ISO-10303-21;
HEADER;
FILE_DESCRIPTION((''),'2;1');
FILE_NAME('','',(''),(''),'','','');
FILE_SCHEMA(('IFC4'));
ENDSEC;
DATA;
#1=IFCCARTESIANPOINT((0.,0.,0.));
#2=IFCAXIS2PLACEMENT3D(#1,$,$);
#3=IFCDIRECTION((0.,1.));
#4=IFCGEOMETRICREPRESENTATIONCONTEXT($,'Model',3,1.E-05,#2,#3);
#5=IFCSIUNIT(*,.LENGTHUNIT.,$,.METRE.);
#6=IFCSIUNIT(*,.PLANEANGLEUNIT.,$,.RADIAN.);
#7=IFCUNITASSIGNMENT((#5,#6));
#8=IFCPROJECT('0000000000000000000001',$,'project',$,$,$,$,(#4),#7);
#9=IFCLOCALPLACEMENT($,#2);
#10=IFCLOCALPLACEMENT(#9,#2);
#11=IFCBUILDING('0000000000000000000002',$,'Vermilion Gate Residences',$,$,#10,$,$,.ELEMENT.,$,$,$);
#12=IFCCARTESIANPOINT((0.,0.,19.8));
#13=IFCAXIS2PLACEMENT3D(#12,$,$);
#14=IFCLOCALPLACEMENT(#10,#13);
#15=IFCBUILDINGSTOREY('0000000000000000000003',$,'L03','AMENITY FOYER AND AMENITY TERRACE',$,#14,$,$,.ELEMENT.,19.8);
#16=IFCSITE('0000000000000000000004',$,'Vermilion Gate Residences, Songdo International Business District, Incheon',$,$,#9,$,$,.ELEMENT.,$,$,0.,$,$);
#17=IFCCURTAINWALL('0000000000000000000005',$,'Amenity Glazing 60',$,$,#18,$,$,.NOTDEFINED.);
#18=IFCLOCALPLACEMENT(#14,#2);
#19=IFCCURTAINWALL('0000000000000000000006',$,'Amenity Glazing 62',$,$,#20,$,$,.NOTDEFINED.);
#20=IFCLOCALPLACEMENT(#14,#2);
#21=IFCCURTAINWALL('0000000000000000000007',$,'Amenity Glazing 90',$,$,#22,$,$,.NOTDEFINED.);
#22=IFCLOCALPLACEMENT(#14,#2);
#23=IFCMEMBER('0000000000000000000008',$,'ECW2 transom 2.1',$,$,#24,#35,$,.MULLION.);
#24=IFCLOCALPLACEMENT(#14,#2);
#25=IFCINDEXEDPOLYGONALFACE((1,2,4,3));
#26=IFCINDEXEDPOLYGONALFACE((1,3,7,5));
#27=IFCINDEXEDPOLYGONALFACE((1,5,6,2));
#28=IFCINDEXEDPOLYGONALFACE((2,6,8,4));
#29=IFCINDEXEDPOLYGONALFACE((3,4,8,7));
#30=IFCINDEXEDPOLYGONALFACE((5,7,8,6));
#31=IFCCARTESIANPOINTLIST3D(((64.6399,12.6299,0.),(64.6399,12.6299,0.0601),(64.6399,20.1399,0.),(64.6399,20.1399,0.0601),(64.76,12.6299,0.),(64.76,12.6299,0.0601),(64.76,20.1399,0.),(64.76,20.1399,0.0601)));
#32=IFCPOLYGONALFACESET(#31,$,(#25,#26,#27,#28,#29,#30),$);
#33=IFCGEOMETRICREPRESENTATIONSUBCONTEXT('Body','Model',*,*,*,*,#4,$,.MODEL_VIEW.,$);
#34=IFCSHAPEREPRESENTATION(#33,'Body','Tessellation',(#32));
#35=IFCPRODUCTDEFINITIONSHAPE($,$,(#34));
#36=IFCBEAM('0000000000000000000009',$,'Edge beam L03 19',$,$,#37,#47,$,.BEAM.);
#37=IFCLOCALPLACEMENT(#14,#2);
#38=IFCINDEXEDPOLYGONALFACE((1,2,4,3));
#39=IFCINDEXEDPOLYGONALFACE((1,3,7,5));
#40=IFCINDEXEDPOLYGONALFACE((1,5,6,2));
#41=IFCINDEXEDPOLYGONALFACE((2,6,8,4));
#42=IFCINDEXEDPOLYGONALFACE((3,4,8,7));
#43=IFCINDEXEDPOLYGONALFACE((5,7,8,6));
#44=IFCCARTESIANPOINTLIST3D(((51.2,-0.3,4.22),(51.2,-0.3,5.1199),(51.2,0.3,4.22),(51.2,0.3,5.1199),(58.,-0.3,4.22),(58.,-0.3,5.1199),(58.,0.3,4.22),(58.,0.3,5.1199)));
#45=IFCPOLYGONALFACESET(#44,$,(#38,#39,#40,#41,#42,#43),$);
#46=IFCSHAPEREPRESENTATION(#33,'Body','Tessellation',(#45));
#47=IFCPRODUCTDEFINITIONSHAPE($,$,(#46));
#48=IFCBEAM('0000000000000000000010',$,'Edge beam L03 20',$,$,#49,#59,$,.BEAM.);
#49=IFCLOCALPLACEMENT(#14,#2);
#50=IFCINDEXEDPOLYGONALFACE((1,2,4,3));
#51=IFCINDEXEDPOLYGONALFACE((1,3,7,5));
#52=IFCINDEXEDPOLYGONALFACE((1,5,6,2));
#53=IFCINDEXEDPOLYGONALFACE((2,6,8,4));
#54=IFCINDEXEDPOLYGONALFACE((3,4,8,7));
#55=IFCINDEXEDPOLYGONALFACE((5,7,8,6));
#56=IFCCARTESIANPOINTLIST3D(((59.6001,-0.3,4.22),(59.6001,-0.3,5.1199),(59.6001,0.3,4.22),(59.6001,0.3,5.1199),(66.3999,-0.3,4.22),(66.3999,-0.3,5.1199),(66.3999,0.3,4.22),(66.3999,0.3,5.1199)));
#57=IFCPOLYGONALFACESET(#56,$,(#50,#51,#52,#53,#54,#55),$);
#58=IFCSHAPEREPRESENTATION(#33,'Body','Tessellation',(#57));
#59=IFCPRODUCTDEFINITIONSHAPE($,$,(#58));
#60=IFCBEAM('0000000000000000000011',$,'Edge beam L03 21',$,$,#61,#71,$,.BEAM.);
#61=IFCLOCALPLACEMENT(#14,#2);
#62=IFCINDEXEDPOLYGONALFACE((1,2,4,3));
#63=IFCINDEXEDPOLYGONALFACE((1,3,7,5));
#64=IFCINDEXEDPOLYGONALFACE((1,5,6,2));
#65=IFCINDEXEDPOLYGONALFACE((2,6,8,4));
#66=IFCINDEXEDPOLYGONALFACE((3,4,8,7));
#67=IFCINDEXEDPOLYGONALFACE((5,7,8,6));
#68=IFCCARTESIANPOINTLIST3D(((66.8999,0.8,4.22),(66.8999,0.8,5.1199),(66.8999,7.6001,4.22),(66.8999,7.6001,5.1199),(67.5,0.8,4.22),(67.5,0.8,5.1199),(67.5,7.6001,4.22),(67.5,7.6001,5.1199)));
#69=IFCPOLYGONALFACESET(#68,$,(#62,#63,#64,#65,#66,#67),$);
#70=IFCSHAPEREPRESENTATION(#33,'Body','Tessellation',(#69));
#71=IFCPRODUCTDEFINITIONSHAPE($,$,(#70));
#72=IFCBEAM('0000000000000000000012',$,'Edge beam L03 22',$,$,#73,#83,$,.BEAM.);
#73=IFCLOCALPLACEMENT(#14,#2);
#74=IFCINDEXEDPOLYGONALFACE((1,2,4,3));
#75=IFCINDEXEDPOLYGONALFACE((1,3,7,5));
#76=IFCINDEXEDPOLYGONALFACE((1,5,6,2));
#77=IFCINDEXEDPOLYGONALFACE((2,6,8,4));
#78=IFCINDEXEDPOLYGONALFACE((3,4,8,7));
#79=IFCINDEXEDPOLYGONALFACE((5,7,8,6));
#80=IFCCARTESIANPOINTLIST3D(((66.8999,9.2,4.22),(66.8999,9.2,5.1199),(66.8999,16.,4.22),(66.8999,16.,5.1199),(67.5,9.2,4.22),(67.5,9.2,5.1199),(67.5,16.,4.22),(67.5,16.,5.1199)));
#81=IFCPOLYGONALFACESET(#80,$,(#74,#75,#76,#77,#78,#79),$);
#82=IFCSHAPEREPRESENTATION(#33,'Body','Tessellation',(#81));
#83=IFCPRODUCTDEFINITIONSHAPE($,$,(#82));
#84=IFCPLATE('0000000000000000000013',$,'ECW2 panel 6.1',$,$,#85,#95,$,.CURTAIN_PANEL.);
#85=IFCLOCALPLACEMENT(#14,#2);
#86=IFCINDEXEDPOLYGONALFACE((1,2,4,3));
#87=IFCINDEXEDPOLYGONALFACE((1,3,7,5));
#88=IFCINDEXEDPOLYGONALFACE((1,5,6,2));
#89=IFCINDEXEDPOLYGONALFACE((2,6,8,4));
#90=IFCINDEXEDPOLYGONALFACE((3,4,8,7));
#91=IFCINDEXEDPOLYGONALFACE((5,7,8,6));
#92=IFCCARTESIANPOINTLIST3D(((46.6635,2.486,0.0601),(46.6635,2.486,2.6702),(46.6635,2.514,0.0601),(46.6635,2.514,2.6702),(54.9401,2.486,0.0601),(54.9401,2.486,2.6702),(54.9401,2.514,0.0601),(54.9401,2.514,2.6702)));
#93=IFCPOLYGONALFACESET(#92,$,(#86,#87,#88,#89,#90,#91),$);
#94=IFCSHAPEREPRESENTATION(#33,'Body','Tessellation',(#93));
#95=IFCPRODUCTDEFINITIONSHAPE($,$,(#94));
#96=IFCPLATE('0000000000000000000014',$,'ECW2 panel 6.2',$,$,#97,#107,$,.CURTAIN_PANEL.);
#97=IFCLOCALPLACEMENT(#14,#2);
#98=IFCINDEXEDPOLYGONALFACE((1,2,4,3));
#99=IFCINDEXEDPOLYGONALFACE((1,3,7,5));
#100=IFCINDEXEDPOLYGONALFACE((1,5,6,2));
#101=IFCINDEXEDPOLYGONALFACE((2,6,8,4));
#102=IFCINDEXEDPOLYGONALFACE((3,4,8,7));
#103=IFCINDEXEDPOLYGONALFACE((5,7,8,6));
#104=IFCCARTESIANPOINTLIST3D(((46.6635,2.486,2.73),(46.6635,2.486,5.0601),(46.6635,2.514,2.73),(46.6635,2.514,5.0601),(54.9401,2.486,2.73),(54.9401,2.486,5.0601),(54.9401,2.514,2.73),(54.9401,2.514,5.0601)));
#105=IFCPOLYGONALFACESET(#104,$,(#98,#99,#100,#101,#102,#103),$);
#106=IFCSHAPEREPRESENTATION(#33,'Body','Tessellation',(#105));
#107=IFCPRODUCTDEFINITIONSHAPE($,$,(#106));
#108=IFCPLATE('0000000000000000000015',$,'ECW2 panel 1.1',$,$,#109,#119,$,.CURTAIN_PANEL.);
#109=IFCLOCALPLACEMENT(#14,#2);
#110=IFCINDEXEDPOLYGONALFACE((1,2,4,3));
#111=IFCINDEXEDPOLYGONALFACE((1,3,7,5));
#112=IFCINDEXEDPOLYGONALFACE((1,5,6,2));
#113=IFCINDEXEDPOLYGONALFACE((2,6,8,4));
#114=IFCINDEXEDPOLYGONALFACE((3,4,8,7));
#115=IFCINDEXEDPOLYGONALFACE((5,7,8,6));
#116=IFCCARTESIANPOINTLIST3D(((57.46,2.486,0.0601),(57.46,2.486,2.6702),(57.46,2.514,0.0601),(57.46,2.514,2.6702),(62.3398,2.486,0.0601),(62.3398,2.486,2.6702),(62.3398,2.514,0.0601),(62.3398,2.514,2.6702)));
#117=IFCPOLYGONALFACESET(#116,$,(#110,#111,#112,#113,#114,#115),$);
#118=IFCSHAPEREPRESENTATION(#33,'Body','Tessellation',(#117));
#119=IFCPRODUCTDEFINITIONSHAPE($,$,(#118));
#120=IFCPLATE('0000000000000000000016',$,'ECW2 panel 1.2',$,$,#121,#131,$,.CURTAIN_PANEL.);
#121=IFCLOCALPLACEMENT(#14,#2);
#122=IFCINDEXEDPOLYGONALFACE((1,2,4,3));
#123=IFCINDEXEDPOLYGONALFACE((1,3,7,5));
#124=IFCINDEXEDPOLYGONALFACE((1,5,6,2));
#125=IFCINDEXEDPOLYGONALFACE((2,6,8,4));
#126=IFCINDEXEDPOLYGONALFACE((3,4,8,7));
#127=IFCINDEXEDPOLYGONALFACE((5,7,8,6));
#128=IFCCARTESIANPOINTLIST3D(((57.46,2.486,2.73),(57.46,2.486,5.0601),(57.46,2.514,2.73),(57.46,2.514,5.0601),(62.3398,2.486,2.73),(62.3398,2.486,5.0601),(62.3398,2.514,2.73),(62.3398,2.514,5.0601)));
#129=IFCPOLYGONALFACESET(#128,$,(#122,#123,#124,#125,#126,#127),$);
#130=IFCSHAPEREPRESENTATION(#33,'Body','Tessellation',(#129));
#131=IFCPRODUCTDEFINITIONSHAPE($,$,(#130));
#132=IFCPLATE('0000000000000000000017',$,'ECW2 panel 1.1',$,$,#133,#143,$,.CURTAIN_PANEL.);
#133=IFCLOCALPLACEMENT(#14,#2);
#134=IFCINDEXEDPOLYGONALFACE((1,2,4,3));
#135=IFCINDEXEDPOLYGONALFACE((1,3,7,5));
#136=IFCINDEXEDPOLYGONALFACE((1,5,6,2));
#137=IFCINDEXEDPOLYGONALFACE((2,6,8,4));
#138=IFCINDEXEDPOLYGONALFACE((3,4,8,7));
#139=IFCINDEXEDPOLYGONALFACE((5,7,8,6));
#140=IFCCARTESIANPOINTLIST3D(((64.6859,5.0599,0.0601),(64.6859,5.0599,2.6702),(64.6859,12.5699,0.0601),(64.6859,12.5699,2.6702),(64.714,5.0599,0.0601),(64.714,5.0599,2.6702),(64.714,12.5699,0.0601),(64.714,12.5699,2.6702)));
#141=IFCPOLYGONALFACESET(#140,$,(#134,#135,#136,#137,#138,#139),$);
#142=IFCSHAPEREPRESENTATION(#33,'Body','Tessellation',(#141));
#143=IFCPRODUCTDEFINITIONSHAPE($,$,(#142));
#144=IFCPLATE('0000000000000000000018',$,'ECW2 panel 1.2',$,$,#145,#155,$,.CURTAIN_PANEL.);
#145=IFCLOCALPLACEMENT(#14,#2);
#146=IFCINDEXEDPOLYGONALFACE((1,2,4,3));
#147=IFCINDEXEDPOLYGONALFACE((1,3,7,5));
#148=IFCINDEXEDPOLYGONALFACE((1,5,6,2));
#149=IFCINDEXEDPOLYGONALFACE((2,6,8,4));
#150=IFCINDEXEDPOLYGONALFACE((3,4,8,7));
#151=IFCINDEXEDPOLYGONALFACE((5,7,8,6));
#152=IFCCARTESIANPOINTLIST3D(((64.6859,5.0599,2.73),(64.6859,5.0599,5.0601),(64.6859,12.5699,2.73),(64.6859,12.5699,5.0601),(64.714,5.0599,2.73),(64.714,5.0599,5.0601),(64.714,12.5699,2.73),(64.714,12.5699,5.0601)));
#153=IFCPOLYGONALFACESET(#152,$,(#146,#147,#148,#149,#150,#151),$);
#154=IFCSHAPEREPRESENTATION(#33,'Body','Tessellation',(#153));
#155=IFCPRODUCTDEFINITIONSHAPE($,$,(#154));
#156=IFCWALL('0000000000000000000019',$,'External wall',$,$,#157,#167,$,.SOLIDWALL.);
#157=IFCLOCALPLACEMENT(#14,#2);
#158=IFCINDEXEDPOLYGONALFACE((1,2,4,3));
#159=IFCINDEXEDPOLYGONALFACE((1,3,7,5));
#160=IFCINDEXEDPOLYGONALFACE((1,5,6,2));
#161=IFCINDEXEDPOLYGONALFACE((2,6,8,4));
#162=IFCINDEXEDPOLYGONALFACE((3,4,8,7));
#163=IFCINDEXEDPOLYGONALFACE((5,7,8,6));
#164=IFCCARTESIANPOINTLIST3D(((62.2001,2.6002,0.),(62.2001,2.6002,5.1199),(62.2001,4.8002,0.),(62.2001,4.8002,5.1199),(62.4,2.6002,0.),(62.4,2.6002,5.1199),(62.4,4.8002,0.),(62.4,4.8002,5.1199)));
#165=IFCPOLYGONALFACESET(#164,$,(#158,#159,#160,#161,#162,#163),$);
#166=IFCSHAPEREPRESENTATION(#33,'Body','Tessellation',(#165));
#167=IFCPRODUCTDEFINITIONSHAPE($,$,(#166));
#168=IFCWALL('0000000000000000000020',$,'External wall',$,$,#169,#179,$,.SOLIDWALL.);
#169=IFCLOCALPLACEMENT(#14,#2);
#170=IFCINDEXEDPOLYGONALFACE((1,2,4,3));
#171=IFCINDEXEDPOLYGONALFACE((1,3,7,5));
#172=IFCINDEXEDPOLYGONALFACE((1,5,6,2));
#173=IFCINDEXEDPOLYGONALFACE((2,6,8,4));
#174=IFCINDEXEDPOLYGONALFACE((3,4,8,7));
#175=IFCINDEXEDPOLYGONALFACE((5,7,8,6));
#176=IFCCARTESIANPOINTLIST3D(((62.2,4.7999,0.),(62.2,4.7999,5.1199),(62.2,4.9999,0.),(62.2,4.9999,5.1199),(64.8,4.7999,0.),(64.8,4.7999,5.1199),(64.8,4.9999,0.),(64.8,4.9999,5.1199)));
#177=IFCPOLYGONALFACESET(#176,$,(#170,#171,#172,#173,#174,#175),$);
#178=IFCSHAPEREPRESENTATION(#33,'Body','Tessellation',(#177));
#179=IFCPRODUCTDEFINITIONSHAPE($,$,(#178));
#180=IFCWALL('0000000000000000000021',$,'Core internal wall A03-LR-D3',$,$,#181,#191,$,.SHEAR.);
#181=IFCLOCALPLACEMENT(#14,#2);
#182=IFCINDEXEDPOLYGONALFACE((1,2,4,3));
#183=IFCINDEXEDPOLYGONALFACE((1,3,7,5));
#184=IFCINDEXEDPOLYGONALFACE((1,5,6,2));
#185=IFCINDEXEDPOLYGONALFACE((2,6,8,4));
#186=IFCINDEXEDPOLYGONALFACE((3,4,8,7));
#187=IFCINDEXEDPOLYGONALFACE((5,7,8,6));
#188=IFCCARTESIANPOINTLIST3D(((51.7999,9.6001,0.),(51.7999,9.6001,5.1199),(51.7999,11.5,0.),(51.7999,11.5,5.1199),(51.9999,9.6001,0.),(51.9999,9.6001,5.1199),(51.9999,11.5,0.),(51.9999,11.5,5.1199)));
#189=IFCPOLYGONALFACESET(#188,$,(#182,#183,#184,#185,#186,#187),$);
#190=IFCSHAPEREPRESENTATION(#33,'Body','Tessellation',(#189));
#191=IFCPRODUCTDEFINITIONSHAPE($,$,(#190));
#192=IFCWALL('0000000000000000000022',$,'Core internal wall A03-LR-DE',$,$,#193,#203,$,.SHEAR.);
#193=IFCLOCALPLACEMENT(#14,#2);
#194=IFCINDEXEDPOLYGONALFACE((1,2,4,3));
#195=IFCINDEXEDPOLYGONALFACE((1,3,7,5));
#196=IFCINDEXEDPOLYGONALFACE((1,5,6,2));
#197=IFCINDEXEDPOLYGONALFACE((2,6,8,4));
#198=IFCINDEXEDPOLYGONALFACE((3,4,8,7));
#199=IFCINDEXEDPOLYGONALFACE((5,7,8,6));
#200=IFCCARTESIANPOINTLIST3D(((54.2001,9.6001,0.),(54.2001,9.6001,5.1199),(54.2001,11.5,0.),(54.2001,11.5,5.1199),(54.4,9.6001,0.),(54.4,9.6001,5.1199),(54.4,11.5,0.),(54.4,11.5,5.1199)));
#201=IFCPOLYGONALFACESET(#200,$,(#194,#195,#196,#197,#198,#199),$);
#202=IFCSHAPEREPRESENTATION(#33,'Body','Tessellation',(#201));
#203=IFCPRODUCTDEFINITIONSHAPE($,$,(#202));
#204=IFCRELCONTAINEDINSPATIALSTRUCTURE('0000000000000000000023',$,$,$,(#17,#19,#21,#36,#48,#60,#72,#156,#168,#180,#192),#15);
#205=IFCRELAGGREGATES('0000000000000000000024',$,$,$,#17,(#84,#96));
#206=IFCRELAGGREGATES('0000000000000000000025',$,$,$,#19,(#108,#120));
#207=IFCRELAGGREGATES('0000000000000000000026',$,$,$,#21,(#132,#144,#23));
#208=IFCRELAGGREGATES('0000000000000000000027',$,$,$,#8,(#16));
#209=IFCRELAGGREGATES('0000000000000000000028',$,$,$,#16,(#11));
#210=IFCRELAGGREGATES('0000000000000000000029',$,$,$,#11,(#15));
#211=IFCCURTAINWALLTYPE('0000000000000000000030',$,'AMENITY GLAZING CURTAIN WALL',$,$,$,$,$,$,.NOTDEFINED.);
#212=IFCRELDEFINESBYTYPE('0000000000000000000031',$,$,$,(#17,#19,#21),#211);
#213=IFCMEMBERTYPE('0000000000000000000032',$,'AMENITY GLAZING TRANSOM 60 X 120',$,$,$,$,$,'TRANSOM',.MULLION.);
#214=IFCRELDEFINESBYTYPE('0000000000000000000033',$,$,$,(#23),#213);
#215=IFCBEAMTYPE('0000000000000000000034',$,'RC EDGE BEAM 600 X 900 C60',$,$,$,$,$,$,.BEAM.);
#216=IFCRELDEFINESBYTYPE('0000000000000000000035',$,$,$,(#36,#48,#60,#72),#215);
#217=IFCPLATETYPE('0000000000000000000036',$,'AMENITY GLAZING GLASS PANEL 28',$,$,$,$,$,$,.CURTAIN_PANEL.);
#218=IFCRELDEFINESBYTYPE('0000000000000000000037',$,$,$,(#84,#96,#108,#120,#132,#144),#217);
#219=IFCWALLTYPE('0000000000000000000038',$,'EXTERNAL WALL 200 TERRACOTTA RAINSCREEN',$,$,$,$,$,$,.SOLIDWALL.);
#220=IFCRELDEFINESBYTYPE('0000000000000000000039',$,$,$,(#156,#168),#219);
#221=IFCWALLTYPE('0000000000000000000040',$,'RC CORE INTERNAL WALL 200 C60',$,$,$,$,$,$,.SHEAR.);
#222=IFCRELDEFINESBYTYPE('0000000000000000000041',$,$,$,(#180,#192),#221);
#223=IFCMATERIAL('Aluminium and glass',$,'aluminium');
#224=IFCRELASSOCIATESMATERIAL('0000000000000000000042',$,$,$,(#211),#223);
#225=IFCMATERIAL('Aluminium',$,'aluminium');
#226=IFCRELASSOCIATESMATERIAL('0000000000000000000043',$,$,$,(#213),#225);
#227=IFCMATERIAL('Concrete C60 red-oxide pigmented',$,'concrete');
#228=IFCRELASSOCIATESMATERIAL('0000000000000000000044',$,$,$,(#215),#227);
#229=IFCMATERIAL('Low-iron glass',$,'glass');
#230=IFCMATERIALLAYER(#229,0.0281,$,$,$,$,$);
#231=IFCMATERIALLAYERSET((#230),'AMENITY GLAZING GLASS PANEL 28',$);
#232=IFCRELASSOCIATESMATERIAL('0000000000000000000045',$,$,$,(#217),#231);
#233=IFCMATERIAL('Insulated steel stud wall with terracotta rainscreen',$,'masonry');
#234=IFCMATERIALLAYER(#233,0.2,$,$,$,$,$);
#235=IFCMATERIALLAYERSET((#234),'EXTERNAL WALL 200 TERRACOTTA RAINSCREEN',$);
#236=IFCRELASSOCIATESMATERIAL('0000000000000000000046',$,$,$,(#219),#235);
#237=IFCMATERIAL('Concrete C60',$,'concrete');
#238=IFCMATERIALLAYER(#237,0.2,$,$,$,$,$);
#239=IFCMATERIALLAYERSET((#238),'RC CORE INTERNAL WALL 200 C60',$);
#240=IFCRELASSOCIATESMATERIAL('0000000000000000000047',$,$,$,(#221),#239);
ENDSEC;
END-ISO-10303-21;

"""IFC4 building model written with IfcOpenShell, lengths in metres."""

from ifc_helpers import new_model, si_unit, direction, frame, frame_2d, origin, origin_2d, place, context, subcontext, project, spatial, rectangle, extrude, material, layer, layer_set, material_profile, profile_set, type_object, element, aggregate, save


model = new_model("IFC4")

# Units and contexts
model_context = context("Model", 3, precision=1e-05, world=origin(), true_north=direction((0.0, 1.0)))
body_context = subcontext(model_context, "Body", "Model", "MODEL_VIEW")
ifc_project = project(units=[si_unit("LENGTHUNIT", "METRE"), si_unit("PLANEANGLEUNIT", "RADIAN")], contexts=[model_context])

# Site, building, storey
site_placement = place(None, origin())
site = spatial("IfcSite", under=ifc_project, at=site_placement, Name="Vermilion Gate Residences, Songdo International Business District, Incheon", CompositionType="ELEMENT", RefElevation=0.0)
building_placement = place(site_placement, origin())
building = spatial("IfcBuilding", under=site, at=building_placement, Name="Vermilion Gate Residences", CompositionType="ELEMENT")
storey_placement = place(building_placement, frame((0.0, 0.0, 19.8)))
storey = spatial("IfcBuildingStorey", under=building, at=storey_placement, Name="L03", Description="AMENITY FOYER AND AMENITY TERRACE", CompositionType="ELEMENT", Elevation=19.8)

# Curtain wall
ifc_material_1 = material(Name="Aluminium and glass", Category="aluminium")
curtain_wall_type = type_object("IfcCurtainWallType", Name="AMENITY GLAZING CURTAIN WALL", PredefinedType="NOTDEFINED", material=ifc_material_1)
curtain_wall_1_placement = place(storey_placement, origin())
curtain_wall_1 = element("IfcCurtainWall", 1, at=curtain_wall_1_placement, inside=storey, type_object=curtain_wall_type, Name="Amenity Glazing 60", PredefinedType="NOTDEFINED")

# Curtain walls
curtain_wall_2_placement = place(storey_placement, origin())
curtain_wall_2 = element("IfcCurtainWall", 2, at=curtain_wall_2_placement, inside=storey, type_object=curtain_wall_type, Name="Amenity Glazing 62", PredefinedType="NOTDEFINED")
curtain_wall_3_placement = place(storey_placement, origin())
curtain_wall_3 = element("IfcCurtainWall", 3, at=curtain_wall_3_placement, inside=storey, type_object=curtain_wall_type, Name="Amenity Glazing 90", PredefinedType="NOTDEFINED")

# Member
ifc_material_2 = material(Name="Aluminium", Category="aluminium")
ifc_material_profile_1 = material_profile(ifc_material_2, rectangle(XDim=0.1201, YDim=0.0601, at=origin_2d()), Name="TRANSOM 60 X 120")
ifc_profile_set_1 = profile_set([ifc_material_profile_1], Name="Aluminium")
member_type_1 = type_object("IfcMemberType", Name="AMENITY GLAZING TRANSOM 60 X 120", ElementType="TRANSOM", PredefinedType="MULLION", material=ifc_profile_set_1)
member_1_placement = place(storey_placement, frame((64.7, 12.6299, 0.03), z_axis=(0.0, 1.0, 0.0), x_axis=(-1.0, 0.0, 0.0)))
member_1 = element("IfcMember", 4, at=member_1_placement, type_object=member_type_1, Name="ECW2 transom 2.1", PredefinedType="MULLION", context=body_context, shape_type="SweptSolid", body=[
    extrude(rectangle(XDim=0.1201, YDim=0.0601, at=origin_2d()), origin(), (0.0, 0.0, 1.0), 7.51),
])

# Beams
ifc_material_3 = material(Name="Concrete C60 red-oxide pigmented", Category="concrete")
ifc_material_profile_2 = material_profile(ifc_material_3, rectangle(XDim=0.6001, YDim=0.8999, at=origin_2d()), Name="RC-600x900")
ifc_profile_set_2 = profile_set([ifc_material_profile_2], Name="Concrete C60 red-oxide pigmented")
beam_type = type_object("IfcBeamType", Name="RC EDGE BEAM 600 X 900 C60", PredefinedType="BEAM", material=ifc_profile_set_2)
beam_1_placement = place(storey_placement, frame((51.2, 0.0, 4.6699), z_axis=(1.0, 0.0, 0.0), x_axis=(0.0, 1.0, 0.0)))
element("IfcBeam", 5, at=beam_1_placement, inside=storey, type_object=beam_type, Name="Edge beam L03 19", PredefinedType="BEAM", context=body_context, shape_type="SweptSolid", body=[
    extrude(rectangle(XDim=0.6001, YDim=0.8999, at=origin_2d()), origin(), (0.0, 0.0, 1.0), 6.8),
])
beam_2_placement = place(storey_placement, frame((59.6001, 0.0, 4.6699), z_axis=(1.0, 0.0, 0.0), x_axis=(0.0, 1.0, 0.0)))
element("IfcBeam", 6, at=beam_2_placement, inside=storey, type_object=beam_type, Name="Edge beam L03 20", PredefinedType="BEAM", context=body_context, shape_type="SweptSolid", body=[
    extrude(rectangle(XDim=0.6001, YDim=0.8999, at=origin_2d()), origin(), (0.0, 0.0, 1.0), 6.7998),
])
for number, where, z_axis, x_axis, name in (
    (7, (67.2, 0.8, 4.6699), (0.0, 1.0, 0.0), (-1.0, 0.0, 0.0), "Edge beam L03 21"),
    (8, (67.2, 9.2, 4.6699), (0.0, 1.0, 0.0), (-1.0, 0.0, 0.0), "Edge beam L03 22"),
):
    element("IfcBeam", number, at=place(storey_placement, frame(where, z_axis=z_axis, x_axis=x_axis)), inside=storey, type_object=beam_type, Name=name, PredefinedType="BEAM", context=body_context, shape_type="SweptSolid", body=[
        extrude(rectangle(XDim=0.6001, YDim=0.8999, at=origin_2d()), origin(), (0.0, 0.0, 1.0), 6.8),
    ])

# Plates
ifc_material_4 = material(Name="Low-iron glass", Category="glass")
ifc_layer_1 = layer(ifc_material_4, 0.0281)
ifc_layer_set_1 = layer_set([ifc_layer_1], Name="AMENITY GLAZING GLASS PANEL 28")
plate_type = type_object("IfcPlateType", Name="AMENITY GLAZING GLASS PANEL 28", PredefinedType="CURTAIN_PANEL", material=ifc_layer_set_1)
plate_1_placement = place(storey_placement, frame((50.8018, 2.5, 0.0601), z_axis=(0.0, 0.0, 1.0), x_axis=(1.0, 0.0, 0.0)))
plate_1 = element("IfcPlate", 9, at=plate_1_placement, type_object=plate_type, Name="ECW2 panel 6.1", PredefinedType="CURTAIN_PANEL", context=body_context, shape_type="SweptSolid", body=[
    extrude(rectangle(XDim=8.2766, YDim=0.0281, at=origin_2d()), origin(), (0.0, 0.0, 1.0), 2.6101),
])
plate_2_placement = place(storey_placement, frame((50.8018, 2.5, 2.73), z_axis=(0.0, 0.0, 1.0), x_axis=(1.0, 0.0, 0.0)))
plate_2 = element("IfcPlate", 10, at=plate_2_placement, type_object=plate_type, Name="ECW2 panel 6.2", PredefinedType="CURTAIN_PANEL", context=body_context, shape_type="SweptSolid", body=[
    extrude(rectangle(XDim=8.2766, YDim=0.0281, at=origin_2d()), origin(), (0.0, 0.0, 1.0), 2.3301),
])
aggregate(curtain_wall_1, [plate_1, plate_2])
plate_3_placement = place(storey_placement, frame((59.8999, 2.5, 0.0601), z_axis=(0.0, 0.0, 1.0), x_axis=(1.0, 0.0, 0.0)))
plate_3 = element("IfcPlate", 11, at=plate_3_placement, type_object=plate_type, Name="ECW2 panel 1.1", PredefinedType="CURTAIN_PANEL", context=body_context, shape_type="SweptSolid", body=[
    extrude(rectangle(XDim=4.8799, YDim=0.0281, at=origin_2d()), origin(), (0.0, 0.0, 1.0), 2.6101),
])
plate_4_placement = place(storey_placement, frame((59.8999, 2.5, 2.73), z_axis=(0.0, 0.0, 1.0), x_axis=(1.0, 0.0, 0.0)))
plate_4 = element("IfcPlate", 12, at=plate_4_placement, type_object=plate_type, Name="ECW2 panel 1.2", PredefinedType="CURTAIN_PANEL", context=body_context, shape_type="SweptSolid", body=[
    extrude(rectangle(XDim=4.8799, YDim=0.0281, at=origin_2d()), origin(), (0.0, 0.0, 1.0), 2.3301),
])
aggregate(curtain_wall_2, [plate_3, plate_4])
plate_5_placement = place(storey_placement, frame((64.7, 8.8149, 0.0601), z_axis=(0.0, 0.0, 1.0), x_axis=(0.0, 1.0, 0.0)))
plate_5 = element("IfcPlate", 13, at=plate_5_placement, type_object=plate_type, Name="ECW2 panel 1.1", PredefinedType="CURTAIN_PANEL", context=body_context, shape_type="SweptSolid", body=[
    extrude(rectangle(XDim=7.51, YDim=0.0281, at=origin_2d()), origin(), (0.0, 0.0, 1.0), 2.6101),
])
plate_6_placement = place(storey_placement, frame((64.7, 8.8149, 2.73), z_axis=(0.0, 0.0, 1.0), x_axis=(0.0, 1.0, 0.0)))
plate_6 = element("IfcPlate", 14, at=plate_6_placement, type_object=plate_type, Name="ECW2 panel 1.2", PredefinedType="CURTAIN_PANEL", context=body_context, shape_type="SweptSolid", body=[
    extrude(rectangle(XDim=7.51, YDim=0.0281, at=origin_2d()), origin(), (0.0, 0.0, 1.0), 2.3301),
])
aggregate(curtain_wall_3, [plate_5, plate_6, member_1])

# Shared definitions
ifc_material_5 = material(Name="Insulated steel stud wall with terracotta rainscreen", Category="masonry")
ifc_layer_2 = layer(ifc_material_5, 0.2)
ifc_layer_set_2 = layer_set([ifc_layer_2], Name="EXTERNAL WALL 200 TERRACOTTA RAINSCREEN")
wall_type_1 = type_object("IfcWallType", Name="EXTERNAL WALL 200 TERRACOTTA RAINSCREEN", PredefinedType="SOLIDWALL", material=ifc_layer_set_2)

# Walls
wall_1_placement = place(storey_placement, frame((62.3, 2.6001, 0.0), z_axis=(0.0, 0.0, 1.0), x_axis=(0.0, 1.0, 0.0)))
element("IfcWall", 15, at=wall_1_placement, inside=storey, type_object=wall_type_1, Name="External wall", PredefinedType="SOLIDWALL", context=body_context, shape_type="SweptSolid", body=[
    extrude(rectangle(XDim=2.2, YDim=0.2, at=frame_2d((1.1001, 0.0))), origin(), (0.0, 0.0, 1.0), 5.1199),
])
wall_2_placement = place(storey_placement, frame((62.2, 4.8999, 0.0), z_axis=(0.0, 0.0, 1.0), x_axis=(1.0, 0.0, 0.0)))
element("IfcWall", 16, at=wall_2_placement, inside=storey, type_object=wall_type_1, Name="External wall", PredefinedType="SOLIDWALL", context=body_context, shape_type="SweptSolid", body=[
    extrude(rectangle(XDim=2.6001, YDim=0.2, at=frame_2d((1.3, 0.0))), origin(), (0.0, 0.0, 1.0), 5.1199),
])
ifc_material_6 = material(Name="Concrete C60", Category="concrete")
ifc_layer_3 = layer(ifc_material_6, 0.2)
ifc_layer_set_3 = layer_set([ifc_layer_3], Name="RC CORE INTERNAL WALL 200 C60")
wall_type_2 = type_object("IfcWallType", Name="RC CORE INTERNAL WALL 200 C60", PredefinedType="SHEAR", material=ifc_layer_set_3)
for number, where, z_axis, x_axis, name in (
    (17, (51.8999, 9.6001, 0.0), (0.0, 0.0, 1.0), (0.0, 1.0, 0.0), "Core internal wall A03-LR-D3"),
    (18, (54.3, 9.6001, 0.0), (0.0, 0.0, 1.0), (0.0, 1.0, 0.0), "Core internal wall A03-LR-DE"),
):
    element("IfcWall", number, at=place(storey_placement, frame(where, z_axis=z_axis, x_axis=x_axis)), inside=storey, type_object=wall_type_2, Name=name, PredefinedType="SHEAR", context=body_context, shape_type="SweptSolid", body=[
        extrude(rectangle(XDim=1.8999, YDim=0.2, at=frame_2d((0.95, 0.0))), origin(), (0.0, 0.0, 1.0), 5.1199),
    ])

save(model, "model.ifc")
